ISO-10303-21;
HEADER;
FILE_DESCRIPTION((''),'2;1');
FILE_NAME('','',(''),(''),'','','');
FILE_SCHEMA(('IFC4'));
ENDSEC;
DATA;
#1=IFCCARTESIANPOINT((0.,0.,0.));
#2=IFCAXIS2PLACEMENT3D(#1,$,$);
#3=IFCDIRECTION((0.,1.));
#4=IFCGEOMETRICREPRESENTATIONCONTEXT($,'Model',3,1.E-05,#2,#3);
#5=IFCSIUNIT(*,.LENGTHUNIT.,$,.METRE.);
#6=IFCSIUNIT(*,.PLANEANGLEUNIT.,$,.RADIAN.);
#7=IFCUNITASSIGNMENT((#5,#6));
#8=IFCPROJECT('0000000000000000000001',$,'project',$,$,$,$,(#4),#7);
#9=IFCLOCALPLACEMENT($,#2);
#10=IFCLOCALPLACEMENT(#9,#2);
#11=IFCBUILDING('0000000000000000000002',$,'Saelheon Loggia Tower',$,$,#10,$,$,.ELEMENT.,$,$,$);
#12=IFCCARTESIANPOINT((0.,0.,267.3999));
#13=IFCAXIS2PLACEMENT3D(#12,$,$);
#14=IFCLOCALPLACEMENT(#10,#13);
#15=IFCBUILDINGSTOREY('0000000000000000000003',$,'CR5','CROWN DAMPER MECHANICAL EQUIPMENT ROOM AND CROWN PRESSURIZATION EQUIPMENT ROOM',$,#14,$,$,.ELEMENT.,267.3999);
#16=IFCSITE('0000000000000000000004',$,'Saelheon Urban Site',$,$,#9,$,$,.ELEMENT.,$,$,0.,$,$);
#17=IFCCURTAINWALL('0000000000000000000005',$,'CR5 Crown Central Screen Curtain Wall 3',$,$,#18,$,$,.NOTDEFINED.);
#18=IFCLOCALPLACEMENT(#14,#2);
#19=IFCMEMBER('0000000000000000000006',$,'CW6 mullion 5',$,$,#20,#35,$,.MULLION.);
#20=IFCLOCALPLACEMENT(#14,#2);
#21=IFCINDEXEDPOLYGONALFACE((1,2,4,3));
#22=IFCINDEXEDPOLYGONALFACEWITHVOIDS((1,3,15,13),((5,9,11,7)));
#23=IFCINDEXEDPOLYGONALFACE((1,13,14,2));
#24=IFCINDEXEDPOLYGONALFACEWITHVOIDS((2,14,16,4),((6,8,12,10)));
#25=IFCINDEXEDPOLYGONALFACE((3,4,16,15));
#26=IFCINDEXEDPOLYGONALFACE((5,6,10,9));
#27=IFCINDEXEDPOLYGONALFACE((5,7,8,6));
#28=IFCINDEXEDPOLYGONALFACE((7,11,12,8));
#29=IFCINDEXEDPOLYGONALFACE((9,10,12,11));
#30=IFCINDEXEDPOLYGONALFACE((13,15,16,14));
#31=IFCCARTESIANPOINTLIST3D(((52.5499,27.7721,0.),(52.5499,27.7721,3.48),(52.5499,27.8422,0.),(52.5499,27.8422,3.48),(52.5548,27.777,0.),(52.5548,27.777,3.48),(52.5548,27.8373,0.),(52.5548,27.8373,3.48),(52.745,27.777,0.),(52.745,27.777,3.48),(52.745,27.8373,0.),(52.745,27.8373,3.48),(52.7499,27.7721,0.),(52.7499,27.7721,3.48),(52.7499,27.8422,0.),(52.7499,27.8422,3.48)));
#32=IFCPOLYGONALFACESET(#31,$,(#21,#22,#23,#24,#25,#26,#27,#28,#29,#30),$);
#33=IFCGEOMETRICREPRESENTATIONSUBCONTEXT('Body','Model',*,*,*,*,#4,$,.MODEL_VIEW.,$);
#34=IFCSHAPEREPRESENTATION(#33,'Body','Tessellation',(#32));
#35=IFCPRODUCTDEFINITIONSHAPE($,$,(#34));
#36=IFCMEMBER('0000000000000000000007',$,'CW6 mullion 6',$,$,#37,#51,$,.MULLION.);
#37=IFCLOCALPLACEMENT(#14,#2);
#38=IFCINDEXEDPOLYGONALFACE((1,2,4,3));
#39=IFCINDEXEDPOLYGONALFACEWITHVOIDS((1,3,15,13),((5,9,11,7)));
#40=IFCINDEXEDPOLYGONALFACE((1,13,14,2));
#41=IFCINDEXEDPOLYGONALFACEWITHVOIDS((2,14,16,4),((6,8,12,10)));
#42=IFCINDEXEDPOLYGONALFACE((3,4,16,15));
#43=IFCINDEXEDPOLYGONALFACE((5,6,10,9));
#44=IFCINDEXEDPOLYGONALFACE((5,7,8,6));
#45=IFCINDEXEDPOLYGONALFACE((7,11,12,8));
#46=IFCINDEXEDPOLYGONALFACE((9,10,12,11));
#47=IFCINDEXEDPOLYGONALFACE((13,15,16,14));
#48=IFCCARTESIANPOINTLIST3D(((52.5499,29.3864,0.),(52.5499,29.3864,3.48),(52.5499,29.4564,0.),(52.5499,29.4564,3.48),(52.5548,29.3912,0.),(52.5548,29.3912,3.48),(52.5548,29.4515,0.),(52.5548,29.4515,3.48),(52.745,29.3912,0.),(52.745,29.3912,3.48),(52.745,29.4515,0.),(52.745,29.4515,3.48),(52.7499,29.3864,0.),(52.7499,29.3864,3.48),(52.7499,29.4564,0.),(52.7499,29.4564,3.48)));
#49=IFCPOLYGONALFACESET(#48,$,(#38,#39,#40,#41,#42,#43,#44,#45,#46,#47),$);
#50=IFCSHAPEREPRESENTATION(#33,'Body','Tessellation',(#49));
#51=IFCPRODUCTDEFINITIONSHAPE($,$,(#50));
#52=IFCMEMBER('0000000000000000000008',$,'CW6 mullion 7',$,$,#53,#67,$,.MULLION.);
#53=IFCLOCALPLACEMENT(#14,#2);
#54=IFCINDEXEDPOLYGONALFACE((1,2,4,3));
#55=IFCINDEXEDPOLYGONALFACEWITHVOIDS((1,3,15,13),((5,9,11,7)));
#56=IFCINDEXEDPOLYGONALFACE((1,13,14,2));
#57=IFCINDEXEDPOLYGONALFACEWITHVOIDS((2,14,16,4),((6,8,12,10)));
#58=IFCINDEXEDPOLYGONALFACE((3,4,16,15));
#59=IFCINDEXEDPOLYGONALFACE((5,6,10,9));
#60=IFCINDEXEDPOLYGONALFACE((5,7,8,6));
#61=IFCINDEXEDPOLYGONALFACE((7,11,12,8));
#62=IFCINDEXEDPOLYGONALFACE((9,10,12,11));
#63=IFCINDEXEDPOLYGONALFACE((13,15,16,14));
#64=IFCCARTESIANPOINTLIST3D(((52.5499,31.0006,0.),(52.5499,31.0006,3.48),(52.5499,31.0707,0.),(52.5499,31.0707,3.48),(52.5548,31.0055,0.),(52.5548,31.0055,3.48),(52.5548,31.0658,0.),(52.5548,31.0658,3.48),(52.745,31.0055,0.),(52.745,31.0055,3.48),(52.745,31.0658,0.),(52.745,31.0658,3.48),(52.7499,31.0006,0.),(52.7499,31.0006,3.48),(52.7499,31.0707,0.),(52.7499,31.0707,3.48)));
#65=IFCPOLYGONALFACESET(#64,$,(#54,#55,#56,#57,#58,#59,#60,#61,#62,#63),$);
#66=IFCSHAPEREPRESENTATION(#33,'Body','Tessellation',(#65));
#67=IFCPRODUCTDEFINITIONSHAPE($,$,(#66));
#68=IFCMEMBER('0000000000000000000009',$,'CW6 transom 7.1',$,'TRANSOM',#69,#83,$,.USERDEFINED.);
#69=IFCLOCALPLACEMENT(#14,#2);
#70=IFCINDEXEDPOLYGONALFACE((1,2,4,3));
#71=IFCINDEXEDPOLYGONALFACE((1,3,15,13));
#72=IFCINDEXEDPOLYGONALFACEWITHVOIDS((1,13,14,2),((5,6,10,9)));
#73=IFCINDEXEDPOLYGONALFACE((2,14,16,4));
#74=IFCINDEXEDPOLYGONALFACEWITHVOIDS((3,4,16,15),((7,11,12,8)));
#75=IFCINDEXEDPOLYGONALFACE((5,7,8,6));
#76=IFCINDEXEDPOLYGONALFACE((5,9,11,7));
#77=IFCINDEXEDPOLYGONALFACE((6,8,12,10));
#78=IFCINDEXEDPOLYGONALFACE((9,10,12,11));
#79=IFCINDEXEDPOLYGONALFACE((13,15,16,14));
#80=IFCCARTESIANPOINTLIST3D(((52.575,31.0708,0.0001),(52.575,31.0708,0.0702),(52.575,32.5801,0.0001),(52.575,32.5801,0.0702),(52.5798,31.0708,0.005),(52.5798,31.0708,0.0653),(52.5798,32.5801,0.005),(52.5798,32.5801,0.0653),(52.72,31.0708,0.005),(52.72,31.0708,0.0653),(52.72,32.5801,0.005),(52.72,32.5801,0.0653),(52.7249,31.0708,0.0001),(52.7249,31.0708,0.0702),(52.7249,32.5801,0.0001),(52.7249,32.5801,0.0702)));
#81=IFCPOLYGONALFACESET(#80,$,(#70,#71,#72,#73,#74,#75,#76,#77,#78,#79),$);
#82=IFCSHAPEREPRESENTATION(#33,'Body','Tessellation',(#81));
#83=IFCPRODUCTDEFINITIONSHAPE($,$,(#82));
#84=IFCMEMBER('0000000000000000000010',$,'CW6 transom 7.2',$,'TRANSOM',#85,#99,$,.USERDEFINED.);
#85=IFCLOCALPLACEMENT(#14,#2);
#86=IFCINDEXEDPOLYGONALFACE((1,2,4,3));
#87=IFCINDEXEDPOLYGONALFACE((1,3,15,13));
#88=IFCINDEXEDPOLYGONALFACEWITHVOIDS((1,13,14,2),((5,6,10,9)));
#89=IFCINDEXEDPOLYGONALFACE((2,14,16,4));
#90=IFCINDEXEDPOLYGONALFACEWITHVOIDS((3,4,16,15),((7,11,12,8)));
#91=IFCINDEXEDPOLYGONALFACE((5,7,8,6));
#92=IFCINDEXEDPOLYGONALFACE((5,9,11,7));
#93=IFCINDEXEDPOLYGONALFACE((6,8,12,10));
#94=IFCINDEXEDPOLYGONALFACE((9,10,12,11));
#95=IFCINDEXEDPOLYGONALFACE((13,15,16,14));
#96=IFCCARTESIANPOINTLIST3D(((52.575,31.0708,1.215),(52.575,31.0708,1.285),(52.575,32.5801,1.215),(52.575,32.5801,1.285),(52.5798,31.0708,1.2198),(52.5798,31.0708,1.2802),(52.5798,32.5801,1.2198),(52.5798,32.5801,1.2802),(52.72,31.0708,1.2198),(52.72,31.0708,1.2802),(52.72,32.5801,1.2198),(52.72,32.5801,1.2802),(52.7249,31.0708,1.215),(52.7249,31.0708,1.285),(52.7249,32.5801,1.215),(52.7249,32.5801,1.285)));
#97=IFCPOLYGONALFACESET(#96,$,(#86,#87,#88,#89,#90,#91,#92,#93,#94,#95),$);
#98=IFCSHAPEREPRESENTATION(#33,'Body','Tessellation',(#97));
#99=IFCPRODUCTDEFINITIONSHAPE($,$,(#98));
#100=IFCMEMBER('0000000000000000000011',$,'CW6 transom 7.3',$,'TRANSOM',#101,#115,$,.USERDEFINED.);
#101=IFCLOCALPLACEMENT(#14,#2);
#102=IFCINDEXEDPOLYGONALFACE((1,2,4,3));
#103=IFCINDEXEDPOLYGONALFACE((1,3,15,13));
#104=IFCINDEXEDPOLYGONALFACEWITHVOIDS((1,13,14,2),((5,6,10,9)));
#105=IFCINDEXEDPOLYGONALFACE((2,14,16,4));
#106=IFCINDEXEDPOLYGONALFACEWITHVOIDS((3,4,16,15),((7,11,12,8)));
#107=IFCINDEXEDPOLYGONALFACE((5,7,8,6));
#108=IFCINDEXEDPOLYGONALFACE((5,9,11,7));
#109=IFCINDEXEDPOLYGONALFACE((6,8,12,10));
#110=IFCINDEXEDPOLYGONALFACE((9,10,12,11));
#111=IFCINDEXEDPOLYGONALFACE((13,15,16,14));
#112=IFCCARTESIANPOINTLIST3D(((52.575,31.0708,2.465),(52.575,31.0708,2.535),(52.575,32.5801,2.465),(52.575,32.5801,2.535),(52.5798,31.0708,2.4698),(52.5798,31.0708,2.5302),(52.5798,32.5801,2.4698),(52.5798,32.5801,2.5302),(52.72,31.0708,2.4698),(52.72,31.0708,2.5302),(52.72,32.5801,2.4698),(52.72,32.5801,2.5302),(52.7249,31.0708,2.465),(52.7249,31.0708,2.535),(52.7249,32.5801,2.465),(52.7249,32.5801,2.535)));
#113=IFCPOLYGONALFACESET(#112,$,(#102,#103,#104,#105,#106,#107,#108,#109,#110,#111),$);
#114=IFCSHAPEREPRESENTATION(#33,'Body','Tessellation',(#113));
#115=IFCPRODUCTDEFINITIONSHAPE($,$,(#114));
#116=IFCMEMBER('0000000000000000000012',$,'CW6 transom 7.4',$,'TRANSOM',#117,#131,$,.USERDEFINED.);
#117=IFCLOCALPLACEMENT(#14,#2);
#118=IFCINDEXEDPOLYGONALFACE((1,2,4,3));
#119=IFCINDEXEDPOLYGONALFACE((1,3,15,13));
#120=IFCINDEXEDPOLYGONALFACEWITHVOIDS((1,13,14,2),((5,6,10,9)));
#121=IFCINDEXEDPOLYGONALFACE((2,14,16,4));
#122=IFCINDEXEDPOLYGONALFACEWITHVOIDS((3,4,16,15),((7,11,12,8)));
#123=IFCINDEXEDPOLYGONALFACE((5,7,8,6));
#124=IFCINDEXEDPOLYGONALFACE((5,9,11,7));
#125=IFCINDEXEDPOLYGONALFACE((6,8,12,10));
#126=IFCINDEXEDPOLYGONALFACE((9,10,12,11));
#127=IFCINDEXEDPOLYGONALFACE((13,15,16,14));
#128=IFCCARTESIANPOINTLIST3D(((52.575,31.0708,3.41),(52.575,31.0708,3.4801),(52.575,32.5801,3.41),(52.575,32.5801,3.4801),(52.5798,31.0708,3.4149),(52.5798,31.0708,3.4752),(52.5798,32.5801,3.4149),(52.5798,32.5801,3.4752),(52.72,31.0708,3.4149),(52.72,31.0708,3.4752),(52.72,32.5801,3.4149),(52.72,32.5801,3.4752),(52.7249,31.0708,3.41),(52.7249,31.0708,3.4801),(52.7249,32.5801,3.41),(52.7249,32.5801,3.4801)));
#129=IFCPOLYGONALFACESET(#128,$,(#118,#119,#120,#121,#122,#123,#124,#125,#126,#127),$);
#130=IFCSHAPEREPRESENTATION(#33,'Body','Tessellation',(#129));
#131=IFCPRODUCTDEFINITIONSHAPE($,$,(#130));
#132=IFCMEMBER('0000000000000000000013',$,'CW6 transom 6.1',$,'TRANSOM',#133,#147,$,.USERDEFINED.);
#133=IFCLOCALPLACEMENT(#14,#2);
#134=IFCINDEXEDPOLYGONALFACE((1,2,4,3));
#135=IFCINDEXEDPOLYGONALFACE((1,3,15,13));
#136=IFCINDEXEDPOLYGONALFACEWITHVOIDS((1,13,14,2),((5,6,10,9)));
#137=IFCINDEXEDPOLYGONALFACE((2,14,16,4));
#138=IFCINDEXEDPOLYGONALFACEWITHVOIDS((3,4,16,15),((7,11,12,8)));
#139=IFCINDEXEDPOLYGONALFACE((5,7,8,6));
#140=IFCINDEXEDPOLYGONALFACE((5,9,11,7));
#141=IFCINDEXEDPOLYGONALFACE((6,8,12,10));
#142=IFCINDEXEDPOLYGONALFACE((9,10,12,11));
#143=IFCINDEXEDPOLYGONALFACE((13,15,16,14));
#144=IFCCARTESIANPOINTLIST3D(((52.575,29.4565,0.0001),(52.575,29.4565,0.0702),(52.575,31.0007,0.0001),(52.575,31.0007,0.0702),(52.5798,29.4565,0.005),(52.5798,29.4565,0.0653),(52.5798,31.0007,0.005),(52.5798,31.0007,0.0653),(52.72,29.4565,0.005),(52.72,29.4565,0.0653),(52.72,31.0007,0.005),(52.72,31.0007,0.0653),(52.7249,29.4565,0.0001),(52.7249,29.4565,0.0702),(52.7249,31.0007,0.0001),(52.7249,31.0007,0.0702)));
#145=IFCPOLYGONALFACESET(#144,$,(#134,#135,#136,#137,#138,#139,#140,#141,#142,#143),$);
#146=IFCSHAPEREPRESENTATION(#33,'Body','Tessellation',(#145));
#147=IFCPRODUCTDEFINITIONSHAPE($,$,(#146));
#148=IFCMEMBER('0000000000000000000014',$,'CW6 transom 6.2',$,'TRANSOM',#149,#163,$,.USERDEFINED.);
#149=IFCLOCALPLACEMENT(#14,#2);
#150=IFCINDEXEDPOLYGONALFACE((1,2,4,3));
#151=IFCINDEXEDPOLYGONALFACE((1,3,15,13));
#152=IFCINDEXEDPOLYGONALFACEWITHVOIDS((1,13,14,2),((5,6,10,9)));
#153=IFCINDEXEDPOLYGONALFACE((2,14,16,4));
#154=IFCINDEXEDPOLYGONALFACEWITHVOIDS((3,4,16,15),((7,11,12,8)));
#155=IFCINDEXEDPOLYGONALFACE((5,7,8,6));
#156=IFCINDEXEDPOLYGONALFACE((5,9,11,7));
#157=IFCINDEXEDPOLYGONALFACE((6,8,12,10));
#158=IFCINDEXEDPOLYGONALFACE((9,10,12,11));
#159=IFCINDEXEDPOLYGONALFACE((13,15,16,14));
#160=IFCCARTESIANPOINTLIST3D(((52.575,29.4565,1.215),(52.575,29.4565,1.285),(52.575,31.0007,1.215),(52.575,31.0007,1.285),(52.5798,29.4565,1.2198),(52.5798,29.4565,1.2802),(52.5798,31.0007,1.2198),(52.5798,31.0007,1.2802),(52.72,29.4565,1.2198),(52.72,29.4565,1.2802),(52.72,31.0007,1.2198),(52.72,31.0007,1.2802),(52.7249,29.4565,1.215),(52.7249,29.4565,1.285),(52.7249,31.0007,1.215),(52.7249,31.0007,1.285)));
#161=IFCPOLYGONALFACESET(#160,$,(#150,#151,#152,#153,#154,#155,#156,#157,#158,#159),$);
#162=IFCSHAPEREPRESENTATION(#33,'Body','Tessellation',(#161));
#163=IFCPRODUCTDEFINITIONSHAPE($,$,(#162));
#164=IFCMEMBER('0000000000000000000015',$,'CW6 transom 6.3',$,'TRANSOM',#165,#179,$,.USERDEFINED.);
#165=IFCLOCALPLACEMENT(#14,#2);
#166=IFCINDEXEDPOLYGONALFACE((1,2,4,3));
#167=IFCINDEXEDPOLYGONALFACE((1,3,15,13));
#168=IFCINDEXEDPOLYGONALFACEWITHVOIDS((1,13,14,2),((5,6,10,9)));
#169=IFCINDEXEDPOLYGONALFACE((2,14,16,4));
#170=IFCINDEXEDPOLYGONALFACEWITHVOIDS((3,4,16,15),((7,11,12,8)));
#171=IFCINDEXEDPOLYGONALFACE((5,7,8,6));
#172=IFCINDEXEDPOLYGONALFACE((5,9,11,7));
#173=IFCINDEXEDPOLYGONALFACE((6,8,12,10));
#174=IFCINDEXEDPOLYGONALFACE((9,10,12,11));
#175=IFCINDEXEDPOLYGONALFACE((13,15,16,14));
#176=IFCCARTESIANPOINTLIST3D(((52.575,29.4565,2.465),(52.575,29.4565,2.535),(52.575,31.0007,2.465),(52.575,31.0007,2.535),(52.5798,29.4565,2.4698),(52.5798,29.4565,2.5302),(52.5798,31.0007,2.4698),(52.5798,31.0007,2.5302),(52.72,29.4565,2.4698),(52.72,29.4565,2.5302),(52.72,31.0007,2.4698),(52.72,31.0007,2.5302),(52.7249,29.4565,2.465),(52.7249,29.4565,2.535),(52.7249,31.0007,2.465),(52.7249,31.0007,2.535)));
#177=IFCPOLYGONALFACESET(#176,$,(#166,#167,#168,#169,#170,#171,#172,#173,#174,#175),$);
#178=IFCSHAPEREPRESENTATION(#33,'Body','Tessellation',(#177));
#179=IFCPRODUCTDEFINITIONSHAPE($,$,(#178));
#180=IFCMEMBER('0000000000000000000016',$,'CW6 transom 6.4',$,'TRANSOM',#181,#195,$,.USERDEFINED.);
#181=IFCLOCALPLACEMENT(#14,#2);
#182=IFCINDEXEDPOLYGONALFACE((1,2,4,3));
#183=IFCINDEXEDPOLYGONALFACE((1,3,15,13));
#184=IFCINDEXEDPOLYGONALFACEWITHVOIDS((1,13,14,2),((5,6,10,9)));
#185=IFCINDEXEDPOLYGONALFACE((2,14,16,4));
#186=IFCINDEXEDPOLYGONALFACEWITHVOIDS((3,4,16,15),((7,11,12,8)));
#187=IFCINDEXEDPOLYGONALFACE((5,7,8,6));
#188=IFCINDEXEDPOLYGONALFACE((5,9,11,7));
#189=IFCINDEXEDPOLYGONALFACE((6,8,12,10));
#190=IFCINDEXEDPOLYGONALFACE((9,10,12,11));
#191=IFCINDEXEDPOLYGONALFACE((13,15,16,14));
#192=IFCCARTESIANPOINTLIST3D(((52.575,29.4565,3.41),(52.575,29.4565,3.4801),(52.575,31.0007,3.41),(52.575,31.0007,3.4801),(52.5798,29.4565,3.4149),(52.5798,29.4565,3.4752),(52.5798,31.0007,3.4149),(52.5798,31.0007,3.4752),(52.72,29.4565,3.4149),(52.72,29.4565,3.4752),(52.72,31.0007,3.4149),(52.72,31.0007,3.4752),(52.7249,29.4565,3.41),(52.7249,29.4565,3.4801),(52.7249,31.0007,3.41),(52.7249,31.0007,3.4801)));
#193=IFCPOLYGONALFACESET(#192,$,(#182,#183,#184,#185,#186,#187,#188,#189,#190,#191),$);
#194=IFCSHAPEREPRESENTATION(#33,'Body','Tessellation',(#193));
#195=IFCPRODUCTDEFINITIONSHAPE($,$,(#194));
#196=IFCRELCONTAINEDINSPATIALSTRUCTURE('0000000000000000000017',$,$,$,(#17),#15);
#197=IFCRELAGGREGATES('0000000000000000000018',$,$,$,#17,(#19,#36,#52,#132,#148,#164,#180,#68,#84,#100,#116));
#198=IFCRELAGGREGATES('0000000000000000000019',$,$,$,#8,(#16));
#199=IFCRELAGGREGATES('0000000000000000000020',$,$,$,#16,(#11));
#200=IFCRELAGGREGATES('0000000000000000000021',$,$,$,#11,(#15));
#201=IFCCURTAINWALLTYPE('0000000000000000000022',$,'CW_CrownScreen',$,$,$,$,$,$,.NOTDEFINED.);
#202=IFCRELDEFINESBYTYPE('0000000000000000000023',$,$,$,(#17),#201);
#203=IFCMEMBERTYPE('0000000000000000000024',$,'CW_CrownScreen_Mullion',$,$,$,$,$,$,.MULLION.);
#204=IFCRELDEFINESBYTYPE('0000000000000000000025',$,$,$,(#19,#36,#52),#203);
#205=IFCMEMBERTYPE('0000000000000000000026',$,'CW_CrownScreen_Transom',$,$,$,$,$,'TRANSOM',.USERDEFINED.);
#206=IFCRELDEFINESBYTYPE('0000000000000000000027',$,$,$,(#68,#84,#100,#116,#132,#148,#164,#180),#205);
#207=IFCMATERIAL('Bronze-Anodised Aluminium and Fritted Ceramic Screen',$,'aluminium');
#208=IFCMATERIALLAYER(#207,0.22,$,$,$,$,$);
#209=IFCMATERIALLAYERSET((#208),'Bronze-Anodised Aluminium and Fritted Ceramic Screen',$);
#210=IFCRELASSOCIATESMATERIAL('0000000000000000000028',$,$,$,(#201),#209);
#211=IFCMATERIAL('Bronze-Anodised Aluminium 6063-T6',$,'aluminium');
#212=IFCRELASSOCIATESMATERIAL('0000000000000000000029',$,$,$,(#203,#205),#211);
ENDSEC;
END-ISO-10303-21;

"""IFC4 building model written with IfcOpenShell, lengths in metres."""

from ifc_helpers import new_model, si_unit, direction, frame, origin, origin_2d, place, context, subcontext, project, spatial, hollow_rectangle, extrude, source, transform, mapped, material, layer, layer_set, material_profile, profile_set, type_object, element, aggregate, save


model = new_model("IFC4")

# Units and contexts
model_context = context("Model", 3, precision=1e-05, world=origin(), true_north=direction((0.0, 1.0)))
body_context = subcontext(model_context, "Body", "Model", "MODEL_VIEW")
ifc_project = project(units=[si_unit("LENGTHUNIT", "METRE"), si_unit("PLANEANGLEUNIT", "RADIAN")], contexts=[model_context])

# Site, building, storey
site_placement = place(None, origin())
site = spatial("IfcSite", under=ifc_project, at=site_placement, Name="Saelheon Urban Site", CompositionType="ELEMENT", RefElevation=0.0)
building_placement = place(site_placement, origin())
building = spatial("IfcBuilding", under=site, at=building_placement, Name="Saelheon Loggia Tower", CompositionType="ELEMENT")
storey_placement = place(building_placement, frame((0.0, 0.0, 267.3999)))
storey = spatial("IfcBuildingStorey", under=building, at=storey_placement, Name="CR5", Description="CROWN DAMPER MECHANICAL EQUIPMENT ROOM AND CROWN PRESSURIZATION EQUIPMENT ROOM", CompositionType="ELEMENT", Elevation=267.3999)

# Curtain wall, members
ifc_material_1 = material(Name="Bronze-Anodised Aluminium and Fritted Ceramic Screen", Category="aluminium")
ifc_layer_1 = layer(ifc_material_1, 0.22)
ifc_layer_set_1 = layer_set([ifc_layer_1], Name="Bronze-Anodised Aluminium and Fritted Ceramic Screen")
curtain_wall_type = type_object("IfcCurtainWallType", Name="CW_CrownScreen", PredefinedType="NOTDEFINED", material=ifc_layer_set_1)
curtain_wall_placement = place(storey_placement, origin())
curtain_wall = element("IfcCurtainWall", 1, at=curtain_wall_placement, inside=storey, type_object=curtain_wall_type, Name="CR5 Crown Central Screen Curtain Wall 3", PredefinedType="NOTDEFINED")
ifc_material_2 = material(Name="Bronze-Anodised Aluminium 6063-T6", Category="aluminium")
ifc_material_profile_1 = material_profile(ifc_material_2, hollow_rectangle(XDim=0.0701, YDim=0.2, WallThickness=0.0049, at=origin_2d()), Name="RHS-200x70x5")
ifc_profile_set_1 = profile_set([ifc_material_profile_1], Name="Bronze-Anodised Aluminium 6063-T6")
member_type_1 = type_object("IfcMemberType", Name="CW_CrownScreen_Mullion", PredefinedType="MULLION", material=ifc_profile_set_1)
shared_shape_1 = source(origin(), body_context, "Body", "SweptSolid", [
    extrude(hollow_rectangle(XDim=0.0701, YDim=0.2, WallThickness=0.0049, at=origin_2d()), origin(), (0.0, 0.0, 1.0), 3.48),
])
member_1_placement = place(storey_placement, frame((52.6499, 27.8071, 0.0), z_axis=(0.0, 0.0, 1.0), x_axis=(0.0, 1.0, 0.0)))
member_1 = element("IfcMember", 2, at=member_1_placement, type_object=member_type_1, Name="CW6 mullion 5", PredefinedType="MULLION", context=body_context, shape_type="MappedRepresentation", body=[
    mapped(shared_shape_1, transform((0.0, 0.0, 0.0), scale=1.0)),
])
member_2_placement = place(storey_placement, frame((52.6499, 29.4214, 0.0), z_axis=(0.0, 0.0, 1.0), x_axis=(0.0, 1.0, 0.0)))
member_2 = element("IfcMember", 3, at=member_2_placement, type_object=member_type_1, Name="CW6 mullion 6", PredefinedType="MULLION", context=body_context, shape_type="MappedRepresentation", body=[
    mapped(shared_shape_1, transform((0.0, 0.0, 0.0), scale=1.0)),
])
member_3_placement = place(storey_placement, frame((52.6499, 31.0356, 0.0), z_axis=(0.0, 0.0, 1.0), x_axis=(0.0, 1.0, 0.0)))
member_3 = element("IfcMember", 4, at=member_3_placement, type_object=member_type_1, Name="CW6 mullion 7", PredefinedType="MULLION", context=body_context, shape_type="MappedRepresentation", body=[
    mapped(shared_shape_1, transform((0.0, 0.0, 0.0), scale=1.0)),
])
ifc_material_profile_2 = material_profile(ifc_material_2, hollow_rectangle(XDim=0.0701, YDim=0.1499, WallThickness=0.0049, at=origin_2d()), Name="RHS-150x70x5")
ifc_profile_set_2 = profile_set([ifc_material_profile_2], Name="Bronze-Anodised Aluminium 6063-T6")
member_type_2 = type_object("IfcMemberType", Name="CW_CrownScreen_Transom", ElementType="TRANSOM", PredefinedType="USERDEFINED", material=ifc_profile_set_2)
shared_shape_2 = source(origin(), body_context, "Body", "SweptSolid", [
    extrude(hollow_rectangle(XDim=0.0701, YDim=0.1499, WallThickness=0.0049, at=origin_2d()), origin(), (0.0, 0.0, 1.0), 1.5093),
])
member_4_placement = place(storey_placement, frame((52.6499, 31.0708, 0.0352), z_axis=(0.0, 1.0, 0.0), x_axis=(0.0, 0.0, 1.0)))
member_4 = element("IfcMember", 5, at=member_4_placement, type_object=member_type_2, Name="CW6 transom 7.1", ObjectType="TRANSOM", PredefinedType="USERDEFINED", context=body_context, shape_type="MappedRepresentation", body=[
    mapped(shared_shape_2, transform((0.0, 0.0, 0.0), scale=1.0)),
])
member_5_placement = place(storey_placement, frame((52.6499, 31.0708, 1.25), z_axis=(0.0, 1.0, 0.0), x_axis=(0.0, 0.0, 1.0)))
member_5 = element("IfcMember", 6, at=member_5_placement, type_object=member_type_2, Name="CW6 transom 7.2", ObjectType="TRANSOM", PredefinedType="USERDEFINED", context=body_context, shape_type="MappedRepresentation", body=[
    mapped(shared_shape_2, transform((0.0, 0.0, 0.0), scale=1.0)),
])
member_6_placement = place(storey_placement, frame((52.6499, 31.0708, 2.5), z_axis=(0.0, 1.0, 0.0), x_axis=(0.0, 0.0, 1.0)))
member_6 = element("IfcMember", 7, at=member_6_placement, type_object=member_type_2, Name="CW6 transom 7.3", ObjectType="TRANSOM", PredefinedType="USERDEFINED", context=body_context, shape_type="MappedRepresentation", body=[
    mapped(shared_shape_2, transform((0.0, 0.0, 0.0), scale=1.0)),
])
member_7_placement = place(storey_placement, frame((52.6499, 31.0708, 3.4451), z_axis=(0.0, 1.0, 0.0), x_axis=(0.0, 0.0, 1.0)))
member_7 = element("IfcMember", 8, at=member_7_placement, type_object=member_type_2, Name="CW6 transom 7.4", ObjectType="TRANSOM", PredefinedType="USERDEFINED", context=body_context, shape_type="MappedRepresentation", body=[
    mapped(shared_shape_2, transform((0.0, 0.0, 0.0), scale=1.0)),
])
shared_shape_3 = source(origin(), body_context, "Body", "SweptSolid", [
    extrude(hollow_rectangle(XDim=0.0701, YDim=0.1499, WallThickness=0.0049, at=origin_2d()), origin(), (0.0, 0.0, 1.0), 1.5442),
])
member_8_placement = place(storey_placement, frame((52.6499, 29.4565, 0.0352), z_axis=(0.0, 1.0, 0.0), x_axis=(0.0, 0.0, 1.0)))
member_8 = element("IfcMember", 9, at=member_8_placement, type_object=member_type_2, Name="CW6 transom 6.1", ObjectType="TRANSOM", PredefinedType="USERDEFINED", context=body_context, shape_type="MappedRepresentation", body=[
    mapped(shared_shape_3, transform((0.0, 0.0, 0.0), scale=1.0)),
])
member_9_placement = place(storey_placement, frame((52.6499, 29.4565, 1.25), z_axis=(0.0, 1.0, 0.0), x_axis=(0.0, 0.0, 1.0)))
member_9 = element("IfcMember", 10, at=member_9_placement, type_object=member_type_2, Name="CW6 transom 6.2", ObjectType="TRANSOM", PredefinedType="USERDEFINED", context=body_context, shape_type="MappedRepresentation", body=[
    mapped(shared_shape_3, transform((0.0, 0.0, 0.0), scale=1.0)),
])
member_10_placement = place(storey_placement, frame((52.6499, 29.4565, 2.5), z_axis=(0.0, 1.0, 0.0), x_axis=(0.0, 0.0, 1.0)))
member_10 = element("IfcMember", 11, at=member_10_placement, type_object=member_type_2, Name="CW6 transom 6.3", ObjectType="TRANSOM", PredefinedType="USERDEFINED", context=body_context, shape_type="MappedRepresentation", body=[
    mapped(shared_shape_3, transform((0.0, 0.0, 0.0), scale=1.0)),
])
member_11_placement = place(storey_placement, frame((52.6499, 29.4565, 3.4451), z_axis=(0.0, 1.0, 0.0), x_axis=(0.0, 0.0, 1.0)))
member_11 = element("IfcMember", 12, at=member_11_placement, type_object=member_type_2, Name="CW6 transom 6.4", ObjectType="TRANSOM", PredefinedType="USERDEFINED", context=body_context, shape_type="MappedRepresentation", body=[
    mapped(shared_shape_3, transform((0.0, 0.0, 0.0), scale=1.0)),
])
aggregate(curtain_wall, [member_1, member_2, member_3, member_8, member_9, member_10, member_11, member_4, member_5, member_6, member_7])

save(model, "model.ifc")
